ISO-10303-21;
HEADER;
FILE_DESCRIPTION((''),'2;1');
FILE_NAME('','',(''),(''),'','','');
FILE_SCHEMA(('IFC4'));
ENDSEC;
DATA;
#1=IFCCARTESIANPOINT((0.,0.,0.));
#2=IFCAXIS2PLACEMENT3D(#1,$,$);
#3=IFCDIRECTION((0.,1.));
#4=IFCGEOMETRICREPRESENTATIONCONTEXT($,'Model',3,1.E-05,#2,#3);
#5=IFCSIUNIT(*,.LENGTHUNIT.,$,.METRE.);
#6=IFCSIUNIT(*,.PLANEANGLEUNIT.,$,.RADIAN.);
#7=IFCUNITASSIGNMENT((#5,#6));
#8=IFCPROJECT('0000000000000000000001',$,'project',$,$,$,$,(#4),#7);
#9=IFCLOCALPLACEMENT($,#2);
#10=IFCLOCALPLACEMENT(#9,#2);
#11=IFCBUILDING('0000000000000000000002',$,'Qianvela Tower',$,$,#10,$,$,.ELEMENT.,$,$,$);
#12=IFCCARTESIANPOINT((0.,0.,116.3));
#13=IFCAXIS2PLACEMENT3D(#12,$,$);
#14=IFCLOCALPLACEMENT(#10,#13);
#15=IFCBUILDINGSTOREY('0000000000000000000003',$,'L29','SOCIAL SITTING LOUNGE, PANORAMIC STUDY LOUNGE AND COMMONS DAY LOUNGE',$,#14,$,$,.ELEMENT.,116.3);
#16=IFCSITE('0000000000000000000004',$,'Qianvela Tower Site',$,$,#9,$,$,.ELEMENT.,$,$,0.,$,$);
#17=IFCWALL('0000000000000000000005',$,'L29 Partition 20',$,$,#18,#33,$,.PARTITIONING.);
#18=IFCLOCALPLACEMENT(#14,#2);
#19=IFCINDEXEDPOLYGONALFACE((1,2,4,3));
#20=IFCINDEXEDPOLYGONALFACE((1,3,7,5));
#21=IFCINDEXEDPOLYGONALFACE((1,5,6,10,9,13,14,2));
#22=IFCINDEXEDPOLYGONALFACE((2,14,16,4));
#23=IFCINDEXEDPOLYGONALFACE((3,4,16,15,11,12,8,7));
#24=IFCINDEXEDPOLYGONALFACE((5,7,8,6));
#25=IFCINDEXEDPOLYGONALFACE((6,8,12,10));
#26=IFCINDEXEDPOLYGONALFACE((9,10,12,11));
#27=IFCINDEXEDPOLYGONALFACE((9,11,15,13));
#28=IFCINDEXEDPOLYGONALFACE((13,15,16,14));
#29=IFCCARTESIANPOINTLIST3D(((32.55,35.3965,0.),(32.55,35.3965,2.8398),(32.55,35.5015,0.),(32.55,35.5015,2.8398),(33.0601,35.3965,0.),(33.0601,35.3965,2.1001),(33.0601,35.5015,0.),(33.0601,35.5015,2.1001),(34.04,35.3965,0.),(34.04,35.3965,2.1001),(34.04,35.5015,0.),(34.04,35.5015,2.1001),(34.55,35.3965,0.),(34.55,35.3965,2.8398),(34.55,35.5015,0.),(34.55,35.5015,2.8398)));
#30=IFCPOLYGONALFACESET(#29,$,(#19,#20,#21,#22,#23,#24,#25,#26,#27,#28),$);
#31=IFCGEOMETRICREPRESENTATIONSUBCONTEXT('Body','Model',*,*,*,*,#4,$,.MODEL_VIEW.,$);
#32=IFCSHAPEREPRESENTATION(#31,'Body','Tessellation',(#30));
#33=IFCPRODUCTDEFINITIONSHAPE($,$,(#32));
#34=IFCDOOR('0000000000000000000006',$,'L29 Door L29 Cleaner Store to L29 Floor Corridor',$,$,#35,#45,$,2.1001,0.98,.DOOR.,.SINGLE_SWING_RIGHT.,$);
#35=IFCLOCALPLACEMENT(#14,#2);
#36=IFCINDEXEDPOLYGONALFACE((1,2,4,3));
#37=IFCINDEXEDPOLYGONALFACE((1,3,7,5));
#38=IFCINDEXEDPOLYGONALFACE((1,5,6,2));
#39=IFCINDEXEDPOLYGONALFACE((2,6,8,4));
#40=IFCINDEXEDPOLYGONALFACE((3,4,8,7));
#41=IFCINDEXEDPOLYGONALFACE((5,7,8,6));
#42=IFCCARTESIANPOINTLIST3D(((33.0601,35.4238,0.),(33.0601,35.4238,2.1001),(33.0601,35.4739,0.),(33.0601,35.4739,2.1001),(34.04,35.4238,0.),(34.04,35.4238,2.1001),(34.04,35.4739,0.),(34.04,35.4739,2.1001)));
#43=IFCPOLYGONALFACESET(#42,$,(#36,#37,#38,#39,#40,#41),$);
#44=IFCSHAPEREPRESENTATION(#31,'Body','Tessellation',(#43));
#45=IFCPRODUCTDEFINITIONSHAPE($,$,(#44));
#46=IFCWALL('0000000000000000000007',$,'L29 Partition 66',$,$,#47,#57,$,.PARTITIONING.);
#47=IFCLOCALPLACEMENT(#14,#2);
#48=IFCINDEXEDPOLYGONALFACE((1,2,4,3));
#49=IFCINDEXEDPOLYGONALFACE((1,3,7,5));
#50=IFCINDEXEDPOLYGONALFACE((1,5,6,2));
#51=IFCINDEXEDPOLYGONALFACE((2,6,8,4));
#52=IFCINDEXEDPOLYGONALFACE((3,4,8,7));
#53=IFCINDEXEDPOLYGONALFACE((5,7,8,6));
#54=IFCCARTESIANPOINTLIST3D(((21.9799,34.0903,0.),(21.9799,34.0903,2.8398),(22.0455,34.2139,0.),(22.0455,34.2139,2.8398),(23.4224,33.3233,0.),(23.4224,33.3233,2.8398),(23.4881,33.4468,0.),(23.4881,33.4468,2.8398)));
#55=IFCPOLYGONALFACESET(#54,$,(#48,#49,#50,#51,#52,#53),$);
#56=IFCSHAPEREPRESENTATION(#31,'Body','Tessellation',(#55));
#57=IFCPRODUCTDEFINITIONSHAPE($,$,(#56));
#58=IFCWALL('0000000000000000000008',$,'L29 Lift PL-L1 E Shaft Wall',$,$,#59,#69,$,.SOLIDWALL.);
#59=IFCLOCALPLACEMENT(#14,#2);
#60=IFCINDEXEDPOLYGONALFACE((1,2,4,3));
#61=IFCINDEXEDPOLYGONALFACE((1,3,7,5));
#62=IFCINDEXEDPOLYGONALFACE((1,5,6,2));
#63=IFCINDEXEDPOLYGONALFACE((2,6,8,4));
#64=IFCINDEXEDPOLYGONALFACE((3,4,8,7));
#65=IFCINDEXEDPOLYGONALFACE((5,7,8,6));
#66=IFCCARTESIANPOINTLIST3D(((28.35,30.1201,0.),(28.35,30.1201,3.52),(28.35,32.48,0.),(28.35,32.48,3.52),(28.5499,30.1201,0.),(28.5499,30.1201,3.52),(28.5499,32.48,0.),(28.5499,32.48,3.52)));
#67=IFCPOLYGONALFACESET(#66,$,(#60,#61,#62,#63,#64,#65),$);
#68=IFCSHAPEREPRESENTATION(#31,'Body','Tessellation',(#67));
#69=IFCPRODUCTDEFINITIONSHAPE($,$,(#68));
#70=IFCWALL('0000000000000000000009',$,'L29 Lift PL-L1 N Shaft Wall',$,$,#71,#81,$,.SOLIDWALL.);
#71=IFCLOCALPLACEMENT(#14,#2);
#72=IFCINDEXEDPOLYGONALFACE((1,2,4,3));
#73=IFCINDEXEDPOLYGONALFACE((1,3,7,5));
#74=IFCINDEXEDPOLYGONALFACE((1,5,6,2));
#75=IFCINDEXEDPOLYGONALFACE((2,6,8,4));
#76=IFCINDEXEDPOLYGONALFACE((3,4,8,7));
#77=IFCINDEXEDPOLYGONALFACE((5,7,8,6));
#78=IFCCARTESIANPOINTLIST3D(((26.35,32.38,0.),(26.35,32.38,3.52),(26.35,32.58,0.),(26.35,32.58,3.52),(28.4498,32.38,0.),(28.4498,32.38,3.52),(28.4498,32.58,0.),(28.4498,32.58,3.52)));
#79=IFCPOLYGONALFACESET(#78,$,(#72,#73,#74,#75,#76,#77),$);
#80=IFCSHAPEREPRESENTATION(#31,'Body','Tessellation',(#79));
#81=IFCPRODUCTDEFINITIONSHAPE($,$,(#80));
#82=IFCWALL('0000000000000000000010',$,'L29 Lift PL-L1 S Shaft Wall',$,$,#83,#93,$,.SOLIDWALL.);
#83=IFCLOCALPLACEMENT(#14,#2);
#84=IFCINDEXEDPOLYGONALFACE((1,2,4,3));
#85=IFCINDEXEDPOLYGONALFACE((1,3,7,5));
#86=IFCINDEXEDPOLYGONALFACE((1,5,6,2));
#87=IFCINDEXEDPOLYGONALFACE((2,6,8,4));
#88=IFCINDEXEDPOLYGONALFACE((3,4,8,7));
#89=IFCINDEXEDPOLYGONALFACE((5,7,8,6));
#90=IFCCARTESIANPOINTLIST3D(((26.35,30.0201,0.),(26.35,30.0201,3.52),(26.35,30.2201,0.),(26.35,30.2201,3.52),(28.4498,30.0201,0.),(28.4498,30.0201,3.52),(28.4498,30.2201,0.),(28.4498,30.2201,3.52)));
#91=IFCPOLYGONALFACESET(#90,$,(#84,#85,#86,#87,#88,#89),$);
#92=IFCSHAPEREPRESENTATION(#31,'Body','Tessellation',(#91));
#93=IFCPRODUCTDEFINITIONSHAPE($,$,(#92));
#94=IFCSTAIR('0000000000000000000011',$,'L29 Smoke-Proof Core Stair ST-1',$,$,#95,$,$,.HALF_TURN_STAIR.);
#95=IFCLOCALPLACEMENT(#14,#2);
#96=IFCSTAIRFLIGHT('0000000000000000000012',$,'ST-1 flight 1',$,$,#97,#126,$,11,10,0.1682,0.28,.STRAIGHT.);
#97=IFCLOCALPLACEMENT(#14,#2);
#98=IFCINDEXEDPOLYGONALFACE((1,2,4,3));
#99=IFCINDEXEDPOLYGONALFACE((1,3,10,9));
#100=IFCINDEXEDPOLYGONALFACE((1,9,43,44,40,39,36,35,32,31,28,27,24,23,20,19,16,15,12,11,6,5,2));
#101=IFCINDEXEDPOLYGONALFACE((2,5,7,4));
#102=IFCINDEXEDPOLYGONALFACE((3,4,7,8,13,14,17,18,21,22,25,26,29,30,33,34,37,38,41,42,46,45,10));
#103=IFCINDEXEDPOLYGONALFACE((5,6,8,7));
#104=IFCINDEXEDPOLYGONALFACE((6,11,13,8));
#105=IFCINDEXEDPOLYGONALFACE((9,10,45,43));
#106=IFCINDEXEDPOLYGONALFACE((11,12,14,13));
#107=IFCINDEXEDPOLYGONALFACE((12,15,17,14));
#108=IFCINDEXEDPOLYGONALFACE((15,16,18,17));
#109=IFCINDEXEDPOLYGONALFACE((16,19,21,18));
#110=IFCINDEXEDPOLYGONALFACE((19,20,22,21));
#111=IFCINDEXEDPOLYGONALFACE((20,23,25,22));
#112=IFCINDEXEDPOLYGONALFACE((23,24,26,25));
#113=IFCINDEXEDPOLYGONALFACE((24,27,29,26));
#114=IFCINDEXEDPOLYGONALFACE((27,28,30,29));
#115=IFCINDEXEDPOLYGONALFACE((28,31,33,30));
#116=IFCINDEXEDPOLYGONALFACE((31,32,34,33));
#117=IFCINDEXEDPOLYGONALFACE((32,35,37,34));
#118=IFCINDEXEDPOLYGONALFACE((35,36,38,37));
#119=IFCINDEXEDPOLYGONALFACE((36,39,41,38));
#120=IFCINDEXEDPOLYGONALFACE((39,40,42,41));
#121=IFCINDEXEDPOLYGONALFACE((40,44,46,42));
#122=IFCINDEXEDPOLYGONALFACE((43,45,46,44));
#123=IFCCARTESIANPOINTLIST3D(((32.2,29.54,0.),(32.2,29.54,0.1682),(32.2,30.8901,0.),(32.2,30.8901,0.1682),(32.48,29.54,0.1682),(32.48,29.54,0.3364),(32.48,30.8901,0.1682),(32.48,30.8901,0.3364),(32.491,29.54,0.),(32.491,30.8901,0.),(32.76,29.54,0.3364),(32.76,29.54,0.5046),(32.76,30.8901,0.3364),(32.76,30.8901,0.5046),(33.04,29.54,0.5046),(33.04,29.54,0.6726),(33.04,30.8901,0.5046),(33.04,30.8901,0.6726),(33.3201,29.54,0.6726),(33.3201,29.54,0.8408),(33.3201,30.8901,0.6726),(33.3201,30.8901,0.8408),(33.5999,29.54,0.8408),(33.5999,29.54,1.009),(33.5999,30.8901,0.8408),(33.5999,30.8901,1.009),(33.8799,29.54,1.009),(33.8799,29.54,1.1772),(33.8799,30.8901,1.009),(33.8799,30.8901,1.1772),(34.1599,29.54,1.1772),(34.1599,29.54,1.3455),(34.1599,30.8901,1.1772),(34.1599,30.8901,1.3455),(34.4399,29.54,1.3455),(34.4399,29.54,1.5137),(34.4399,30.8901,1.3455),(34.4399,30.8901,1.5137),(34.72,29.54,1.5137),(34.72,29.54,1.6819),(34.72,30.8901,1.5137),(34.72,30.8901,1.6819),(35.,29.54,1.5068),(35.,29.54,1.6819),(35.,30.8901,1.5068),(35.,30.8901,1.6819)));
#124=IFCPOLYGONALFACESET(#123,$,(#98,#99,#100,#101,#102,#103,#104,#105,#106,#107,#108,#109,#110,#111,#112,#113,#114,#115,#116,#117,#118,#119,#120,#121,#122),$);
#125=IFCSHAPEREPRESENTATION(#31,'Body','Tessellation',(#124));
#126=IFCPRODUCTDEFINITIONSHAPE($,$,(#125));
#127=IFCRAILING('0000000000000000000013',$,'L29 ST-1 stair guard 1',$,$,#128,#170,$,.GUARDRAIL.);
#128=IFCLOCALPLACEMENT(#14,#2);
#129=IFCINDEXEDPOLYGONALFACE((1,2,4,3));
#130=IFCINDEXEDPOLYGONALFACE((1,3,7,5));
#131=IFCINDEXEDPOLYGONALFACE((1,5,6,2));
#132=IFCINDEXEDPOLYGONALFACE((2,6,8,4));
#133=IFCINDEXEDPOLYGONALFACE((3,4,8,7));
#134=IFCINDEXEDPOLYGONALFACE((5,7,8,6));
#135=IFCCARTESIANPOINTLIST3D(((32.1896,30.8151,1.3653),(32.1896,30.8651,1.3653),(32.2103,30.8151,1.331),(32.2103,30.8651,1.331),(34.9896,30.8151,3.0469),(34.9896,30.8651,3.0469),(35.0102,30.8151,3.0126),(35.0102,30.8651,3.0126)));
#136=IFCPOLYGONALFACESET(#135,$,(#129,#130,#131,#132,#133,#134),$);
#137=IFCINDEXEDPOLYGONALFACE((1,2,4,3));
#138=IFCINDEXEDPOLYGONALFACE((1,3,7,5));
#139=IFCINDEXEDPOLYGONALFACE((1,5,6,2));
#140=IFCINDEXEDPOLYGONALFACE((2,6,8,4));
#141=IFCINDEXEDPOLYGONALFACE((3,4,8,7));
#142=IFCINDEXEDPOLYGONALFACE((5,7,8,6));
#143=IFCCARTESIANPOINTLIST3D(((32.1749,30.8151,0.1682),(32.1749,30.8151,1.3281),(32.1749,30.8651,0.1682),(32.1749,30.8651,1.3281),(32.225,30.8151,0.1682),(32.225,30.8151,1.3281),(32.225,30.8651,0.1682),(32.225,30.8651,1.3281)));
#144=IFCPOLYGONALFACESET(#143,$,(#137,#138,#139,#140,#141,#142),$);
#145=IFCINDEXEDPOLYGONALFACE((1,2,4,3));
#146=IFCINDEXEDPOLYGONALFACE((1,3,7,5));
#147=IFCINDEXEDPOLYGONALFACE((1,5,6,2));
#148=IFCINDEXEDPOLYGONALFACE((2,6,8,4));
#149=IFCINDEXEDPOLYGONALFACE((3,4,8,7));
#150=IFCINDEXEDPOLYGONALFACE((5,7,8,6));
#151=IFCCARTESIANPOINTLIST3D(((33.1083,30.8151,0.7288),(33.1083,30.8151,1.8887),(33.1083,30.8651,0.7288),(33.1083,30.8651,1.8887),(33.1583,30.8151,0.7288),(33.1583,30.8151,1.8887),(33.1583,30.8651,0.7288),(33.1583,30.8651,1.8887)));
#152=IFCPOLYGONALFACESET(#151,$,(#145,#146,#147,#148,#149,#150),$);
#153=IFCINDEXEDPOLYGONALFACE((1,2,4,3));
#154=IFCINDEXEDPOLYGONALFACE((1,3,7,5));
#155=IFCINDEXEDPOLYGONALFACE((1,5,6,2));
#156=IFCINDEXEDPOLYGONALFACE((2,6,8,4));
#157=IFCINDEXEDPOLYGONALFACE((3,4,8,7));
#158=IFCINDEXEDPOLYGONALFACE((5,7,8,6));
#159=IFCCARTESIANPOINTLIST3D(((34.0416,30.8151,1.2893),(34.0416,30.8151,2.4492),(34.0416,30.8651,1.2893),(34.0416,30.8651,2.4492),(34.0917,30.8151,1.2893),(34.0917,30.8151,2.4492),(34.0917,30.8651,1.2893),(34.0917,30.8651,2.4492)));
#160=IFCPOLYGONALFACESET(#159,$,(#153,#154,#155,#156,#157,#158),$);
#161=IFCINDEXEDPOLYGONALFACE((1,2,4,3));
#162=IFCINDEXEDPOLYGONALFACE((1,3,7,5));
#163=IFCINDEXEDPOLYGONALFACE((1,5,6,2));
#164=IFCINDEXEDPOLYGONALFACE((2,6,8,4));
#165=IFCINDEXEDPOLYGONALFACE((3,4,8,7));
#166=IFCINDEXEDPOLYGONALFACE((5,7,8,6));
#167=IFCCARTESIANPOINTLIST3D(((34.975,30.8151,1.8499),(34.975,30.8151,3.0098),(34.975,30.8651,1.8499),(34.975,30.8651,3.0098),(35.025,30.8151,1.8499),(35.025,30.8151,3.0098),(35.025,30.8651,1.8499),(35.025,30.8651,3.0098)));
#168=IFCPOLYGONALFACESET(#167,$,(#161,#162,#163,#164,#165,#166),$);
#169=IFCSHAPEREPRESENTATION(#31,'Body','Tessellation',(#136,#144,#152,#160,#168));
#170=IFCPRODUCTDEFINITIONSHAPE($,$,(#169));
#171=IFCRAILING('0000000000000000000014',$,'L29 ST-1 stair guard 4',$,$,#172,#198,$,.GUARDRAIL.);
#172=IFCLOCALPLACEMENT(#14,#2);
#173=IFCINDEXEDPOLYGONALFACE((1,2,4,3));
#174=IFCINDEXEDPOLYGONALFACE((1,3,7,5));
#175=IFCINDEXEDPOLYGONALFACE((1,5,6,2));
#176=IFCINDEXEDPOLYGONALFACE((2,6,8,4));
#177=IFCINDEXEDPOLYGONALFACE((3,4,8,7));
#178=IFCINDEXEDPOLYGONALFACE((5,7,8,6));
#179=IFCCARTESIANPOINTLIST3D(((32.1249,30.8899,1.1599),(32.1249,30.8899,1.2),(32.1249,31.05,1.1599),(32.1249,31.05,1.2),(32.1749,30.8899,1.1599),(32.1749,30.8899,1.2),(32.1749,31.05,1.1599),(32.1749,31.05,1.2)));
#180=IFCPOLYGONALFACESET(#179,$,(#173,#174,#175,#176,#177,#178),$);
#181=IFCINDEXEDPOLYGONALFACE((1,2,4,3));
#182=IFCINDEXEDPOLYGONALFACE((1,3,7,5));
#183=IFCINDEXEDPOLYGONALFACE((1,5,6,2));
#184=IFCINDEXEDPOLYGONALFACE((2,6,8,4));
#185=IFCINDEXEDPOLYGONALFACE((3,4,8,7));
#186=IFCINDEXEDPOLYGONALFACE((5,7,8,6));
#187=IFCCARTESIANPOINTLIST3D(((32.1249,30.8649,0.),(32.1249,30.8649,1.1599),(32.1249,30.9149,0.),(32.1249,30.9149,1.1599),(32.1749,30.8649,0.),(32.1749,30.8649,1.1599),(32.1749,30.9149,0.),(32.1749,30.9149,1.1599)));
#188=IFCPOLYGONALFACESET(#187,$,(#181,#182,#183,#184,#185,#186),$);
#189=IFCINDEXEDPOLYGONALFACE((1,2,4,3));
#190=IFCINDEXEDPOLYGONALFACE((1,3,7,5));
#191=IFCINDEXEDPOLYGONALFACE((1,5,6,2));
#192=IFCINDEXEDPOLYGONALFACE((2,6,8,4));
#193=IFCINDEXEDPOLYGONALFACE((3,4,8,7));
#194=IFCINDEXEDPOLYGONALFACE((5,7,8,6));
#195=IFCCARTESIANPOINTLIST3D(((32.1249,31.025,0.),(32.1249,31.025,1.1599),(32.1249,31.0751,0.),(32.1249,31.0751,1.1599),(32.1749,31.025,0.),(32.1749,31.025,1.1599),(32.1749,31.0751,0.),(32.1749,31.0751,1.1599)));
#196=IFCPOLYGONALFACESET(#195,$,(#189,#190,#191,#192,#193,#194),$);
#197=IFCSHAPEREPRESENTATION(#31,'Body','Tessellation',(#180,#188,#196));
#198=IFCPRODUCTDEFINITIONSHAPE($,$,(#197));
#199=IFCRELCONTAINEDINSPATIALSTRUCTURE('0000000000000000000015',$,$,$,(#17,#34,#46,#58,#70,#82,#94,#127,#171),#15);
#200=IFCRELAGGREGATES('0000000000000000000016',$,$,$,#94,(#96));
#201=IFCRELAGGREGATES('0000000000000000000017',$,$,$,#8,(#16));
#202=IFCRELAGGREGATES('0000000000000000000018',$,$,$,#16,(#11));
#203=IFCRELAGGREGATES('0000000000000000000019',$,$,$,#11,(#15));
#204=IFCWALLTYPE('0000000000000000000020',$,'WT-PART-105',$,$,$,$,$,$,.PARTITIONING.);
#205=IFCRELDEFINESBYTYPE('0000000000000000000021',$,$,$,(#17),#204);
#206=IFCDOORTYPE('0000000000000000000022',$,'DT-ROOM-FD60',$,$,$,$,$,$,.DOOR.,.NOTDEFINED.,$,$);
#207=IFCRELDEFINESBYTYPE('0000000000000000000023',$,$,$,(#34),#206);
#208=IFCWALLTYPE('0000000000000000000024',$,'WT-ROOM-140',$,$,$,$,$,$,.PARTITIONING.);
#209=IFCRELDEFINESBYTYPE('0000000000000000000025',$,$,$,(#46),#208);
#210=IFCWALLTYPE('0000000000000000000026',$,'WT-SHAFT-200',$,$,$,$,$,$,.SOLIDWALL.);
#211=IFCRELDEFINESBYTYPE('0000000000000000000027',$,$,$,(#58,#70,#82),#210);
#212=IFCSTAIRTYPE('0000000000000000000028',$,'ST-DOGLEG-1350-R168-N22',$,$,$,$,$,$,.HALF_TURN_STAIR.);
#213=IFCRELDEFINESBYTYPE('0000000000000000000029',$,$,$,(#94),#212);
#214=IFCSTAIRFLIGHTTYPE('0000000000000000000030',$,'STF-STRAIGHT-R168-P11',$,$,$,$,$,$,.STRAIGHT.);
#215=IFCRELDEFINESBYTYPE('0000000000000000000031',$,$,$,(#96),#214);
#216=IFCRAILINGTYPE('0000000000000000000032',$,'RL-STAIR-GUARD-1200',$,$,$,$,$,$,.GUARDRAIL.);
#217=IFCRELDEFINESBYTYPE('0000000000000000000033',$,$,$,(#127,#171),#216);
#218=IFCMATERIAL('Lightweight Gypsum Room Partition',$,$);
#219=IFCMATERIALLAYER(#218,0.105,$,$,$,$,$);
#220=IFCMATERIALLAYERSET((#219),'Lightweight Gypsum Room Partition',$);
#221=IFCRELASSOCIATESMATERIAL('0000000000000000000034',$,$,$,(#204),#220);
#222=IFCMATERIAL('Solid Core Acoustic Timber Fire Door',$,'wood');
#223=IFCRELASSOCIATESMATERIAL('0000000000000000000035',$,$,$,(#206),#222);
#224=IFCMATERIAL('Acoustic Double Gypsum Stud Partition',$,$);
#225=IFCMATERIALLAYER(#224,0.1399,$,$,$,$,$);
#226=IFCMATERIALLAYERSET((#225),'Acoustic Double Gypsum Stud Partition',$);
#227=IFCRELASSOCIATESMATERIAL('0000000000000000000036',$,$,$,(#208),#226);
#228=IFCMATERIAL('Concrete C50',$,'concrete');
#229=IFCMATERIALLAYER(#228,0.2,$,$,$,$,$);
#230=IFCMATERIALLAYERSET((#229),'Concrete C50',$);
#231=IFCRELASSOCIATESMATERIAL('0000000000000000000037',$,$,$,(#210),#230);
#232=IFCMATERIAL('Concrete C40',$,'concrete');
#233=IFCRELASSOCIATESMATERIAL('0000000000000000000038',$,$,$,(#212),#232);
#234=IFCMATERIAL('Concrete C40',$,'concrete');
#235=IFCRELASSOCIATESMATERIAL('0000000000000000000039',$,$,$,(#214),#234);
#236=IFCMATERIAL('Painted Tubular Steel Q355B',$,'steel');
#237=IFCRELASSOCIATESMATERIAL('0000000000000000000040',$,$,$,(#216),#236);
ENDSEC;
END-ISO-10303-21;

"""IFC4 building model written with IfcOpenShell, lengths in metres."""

from ifc_helpers import new_model, si_unit, direction, frame, frame_2d, origin, origin_2d, place, context, subcontext, project, spatial, polyline, rectangle, outline, extrude, material, layer, layer_set, type_object, element, fill, aggregate, save


model = new_model("IFC4")

# Units and contexts
model_context = context("Model", 3, precision=1e-05, world=origin(), true_north=direction((0.0, 1.0)))
body_context = subcontext(model_context, "Body", "Model", "MODEL_VIEW")
ifc_project = project(units=[si_unit("LENGTHUNIT", "METRE"), si_unit("PLANEANGLEUNIT", "RADIAN")], contexts=[model_context])

# Site, building, storey
site_placement = place(None, origin())
site = spatial("IfcSite", under=ifc_project, at=site_placement, Name="Qianvela Tower Site", CompositionType="ELEMENT", RefElevation=0.0)
building_placement = place(site_placement, origin())
building = spatial("IfcBuilding", under=site, at=building_placement, Name="Qianvela Tower", CompositionType="ELEMENT")
storey_placement = place(building_placement, frame((0.0, 0.0, 116.3)))
storey = spatial("IfcBuildingStorey", under=building, at=storey_placement, Name="L29", Description="SOCIAL SITTING LOUNGE, PANORAMIC STUDY LOUNGE AND COMMONS DAY LOUNGE", CompositionType="ELEMENT", Elevation=116.3)

# Wall, opening, door
ifc_material_1 = material(Name="Lightweight Gypsum Room Partition")
ifc_layer_1 = layer(ifc_material_1, 0.105)
ifc_layer_set_1 = layer_set([ifc_layer_1], Name="Lightweight Gypsum Room Partition")
wall_type_1 = type_object("IfcWallType", Name="WT-PART-105", PredefinedType="PARTITIONING", material=ifc_layer_set_1)
wall_1_placement = place(storey_placement, frame((32.55, 35.449, 0.0), z_axis=(0.0, 0.0, 1.0), x_axis=(1.0, 0.0, 0.0)))
wall_1 = element("IfcWall", 1, at=wall_1_placement, inside=storey, type_object=wall_type_1, Name="L29 Partition 20", PredefinedType="PARTITIONING", context=body_context, shape_type="SweptSolid", body=[
    extrude(rectangle(XDim=2.0, YDim=0.105, at=frame_2d((1.0, 0.0))), origin(), (0.0, 0.0, 1.0), 2.8398),
])
opening_1_placement = place(wall_1_placement, frame((0.51, 0.0, 0.0)))
opening_1 = element("IfcOpeningElement", 2, at=opening_1_placement, cuts=wall_1, PredefinedType="OPENING", context=body_context, shape_type="SweptSolid", body=[
    extrude(rectangle(XDim=0.98, YDim=2.1001, at=frame_2d((0.49, 1.05))), frame((0.0, 0.0625, 0.0), z_axis=(0.0, -1.0, 0.0), x_axis=(1.0, 0.0, 0.0)), (0.0, 0.0, 1.0), 0.125),
])
ifc_material_2 = material(Name="Solid Core Acoustic Timber Fire Door", Category="wood")
door_type_1 = type_object("IfcDoorType", Name="DT-ROOM-FD60", OperationType="NOTDEFINED", PredefinedType="DOOR", material=ifc_material_2)
door_1_placement = place(opening_1_placement, origin())
door_1 = element("IfcDoor", 3, at=door_1_placement, inside=storey, type_object=door_type_1, Name="L29 Door L29 Cleaner Store to L29 Floor Corridor", OperationType="SINGLE_SWING_RIGHT", OverallHeight=2.1001, OverallWidth=0.98, PredefinedType="DOOR", context=body_context, shape_type="SweptSolid", body=[
    extrude(rectangle(XDim=0.98, YDim=2.1001, at=frame_2d((0.49, 1.05))), frame((0.0, 0.0249, 0.0), z_axis=(0.0, -1.0, 0.0), x_axis=(1.0, 0.0, 0.0)), (0.0, 0.0, 1.0), 0.05),
])
fill(opening_1, door_1)

# Walls
ifc_material_3 = material(Name="Acoustic Double Gypsum Stud Partition")
ifc_layer_2 = layer(ifc_material_3, 0.1399)
ifc_layer_set_2 = layer_set([ifc_layer_2], Name="Acoustic Double Gypsum Stud Partition")
wall_type_2 = type_object("IfcWallType", Name="WT-ROOM-140", PredefinedType="PARTITIONING", material=ifc_layer_set_2)
wall_2_placement = place(storey_placement, frame((22.0127, 34.1521, 0.0), z_axis=(0.0, 0.0, 1.0), x_axis=(0.88294, -0.469487, 0.0)))
element("IfcWall", 4, at=wall_2_placement, inside=storey, type_object=wall_type_2, Name="L29 Partition 66", PredefinedType="PARTITIONING", context=body_context, shape_type="SweptSolid", body=[
    extrude(rectangle(XDim=1.6338, YDim=0.1399, at=frame_2d((0.8169, 0.0))), origin(), (0.0, 0.0, 1.0), 2.8398),
])
ifc_material_4 = material(Name="Concrete C50", Category="concrete")
ifc_layer_3 = layer(ifc_material_4, 0.2)
ifc_layer_set_3 = layer_set([ifc_layer_3], Name="Concrete C50")
wall_type_3 = type_object("IfcWallType", Name="WT-SHAFT-200", PredefinedType="SOLIDWALL", material=ifc_layer_set_3)
wall_3_placement = place(storey_placement, frame((28.45, 30.1201, 0.0), z_axis=(0.0, 0.0, 1.0), x_axis=(0.0, 1.0, 0.0)))
element("IfcWall", 5, at=wall_3_placement, inside=storey, type_object=wall_type_3, Name="L29 Lift PL-L1 E Shaft Wall", PredefinedType="SOLIDWALL", context=body_context, shape_type="SweptSolid", body=[
    extrude(rectangle(XDim=2.3599, YDim=0.2, at=frame_2d((1.1799, 0.0))), origin(), (0.0, 0.0, 1.0), 3.52),
])
for number, where, z_axis, x_axis, name in (
    (6, (26.3501, 32.48, 0.0), (0.0, 0.0, 1.0), (1.0, 0.0, 0.0), "L29 Lift PL-L1 N Shaft Wall"),
    (7, (26.3501, 30.1201, 0.0), (0.0, 0.0, 1.0), (1.0, 0.0, 0.0), "L29 Lift PL-L1 S Shaft Wall"),
):
    element("IfcWall", number, at=place(storey_placement, frame(where, z_axis=z_axis, x_axis=x_axis)), inside=storey, type_object=wall_type_3, Name=name, PredefinedType="SOLIDWALL", context=body_context, shape_type="SweptSolid", body=[
        extrude(rectangle(XDim=2.0999, YDim=0.2, at=frame_2d((1.0498, 0.0))), origin(), (0.0, 0.0, 1.0), 3.52),
    ])

# Stair, stair flight
ifc_material_5 = material(Name="Concrete C40", Category="concrete")
stair_type = type_object("IfcStairType", Name="ST-DOGLEG-1350-R168-N22", PredefinedType="HALF_TURN_STAIR", material=ifc_material_5)
stair_placement = place(storey_placement, origin())
stair = element("IfcStair", 8, at=stair_placement, inside=storey, type_object=stair_type, Name="L29 Smoke-Proof Core Stair ST-1", PredefinedType="HALF_TURN_STAIR")
ifc_material_6 = material(Name="Concrete C40", Category="concrete")
stair_flight_type = type_object("IfcStairFlightType", Name="STF-STRAIGHT-R168-P11", PredefinedType="STRAIGHT", material=ifc_material_6)
stair_flight_placement = place(storey_placement, frame((32.2, 30.2151, 0.0), z_axis=(0.0, 0.0, 1.0), x_axis=(1.0, 0.0, 0.0)))
stair_flight = element("IfcStairFlight", 9, at=stair_flight_placement, type_object=stair_flight_type, Name="ST-1 flight 1", NumberOfRisers=11, NumberOfTreads=10, PredefinedType="STRAIGHT", RiserHeight=0.1682, TreadLength=0.28, context=body_context, shape_type="SweptSolid", body=[
    extrude(outline(polyline([(0.0, 0.0), (0.0, 0.1682), (0.28, 0.1682), (0.28, 0.3364), (0.5601, 0.3364), (0.5601, 0.5046), (0.8401, 0.5046), (0.8401, 0.6726), (1.1201, 0.6726), (1.1201, 0.8408), (1.3999, 0.8408), (1.3999, 1.009), (1.6799, 1.009), (1.6799, 1.1772), (1.96, 1.1772), (1.96, 1.3455), (2.24, 1.3455), (2.24, 1.5137), (2.52, 1.5137), (2.52, 1.6819), (2.8, 1.6819), (2.8, 1.8501), (2.8, 1.5068), (0.291, 0.0), (0.0, 0.0)])), frame((0.0, 0.675, 0.0), z_axis=(0.0, -1.0, 0.0), x_axis=(1.0, 0.0, 0.0)), (0.0, 0.0, 1.0), 1.3501),
])
aggregate(stair, [stair_flight])

# Railings
ifc_material_7 = material(Name="Painted Tubular Steel Q355B", Category="steel")
railing_type = type_object("IfcRailingType", Name="RL-STAIR-GUARD-1200", PredefinedType="GUARDRAIL", material=ifc_material_7)
railing_1_placement = place(storey_placement, frame((32.2, 30.8401, 0.1682)))
element("IfcRailing", 10, at=railing_1_placement, inside=storey, type_object=railing_type, Name="L29 ST-1 stair guard 1", PredefinedType="GUARDRAIL", context=body_context, shape_type="SweptSolid", body=[
    extrude(rectangle(XDim=0.05, YDim=0.04, at=origin_2d()), frame((0.0, 0.0, 1.1799), z_axis=(0.857275, 0.0, 0.514858), x_axis=(0.0, 1.0, 0.0)), (0.0, 0.0, 1.0), 3.2661),
    extrude(rectangle(XDim=0.05, YDim=0.05, at=origin_2d()), origin(), (0.0, 0.0, 1.0), 1.1599),
    extrude(rectangle(XDim=0.05, YDim=0.05, at=origin_2d()), frame((0.9333, 0.0, 0.5605)), (0.0, 0.0, 1.0), 1.1599),
    extrude(rectangle(XDim=0.05, YDim=0.05, at=origin_2d()), frame((1.8667, 0.0, 1.1211)), (0.0, 0.0, 1.0), 1.1599),
    extrude(rectangle(XDim=0.05, YDim=0.05, at=origin_2d()), frame((2.8, 0.0, 1.6816)), (0.0, 0.0, 1.0), 1.1599),
])
railing_2_placement = place(storey_placement, frame((32.1499, 30.8899, 0.0)))
element("IfcRailing", 11, at=railing_2_placement, inside=storey, type_object=railing_type, Name="L29 ST-1 stair guard 4", PredefinedType="GUARDRAIL", context=body_context, shape_type="SweptSolid", body=[
    extrude(rectangle(XDim=0.05, YDim=0.04, at=origin_2d()), frame((0.0, 0.0, 1.1799), z_axis=(0.0, 1.0, 0.0), x_axis=(-1.0, 0.0, 0.0)), (0.0, 0.0, 1.0), 0.1602),
    extrude(rectangle(XDim=0.05, YDim=0.05, at=origin_2d()), origin(), (0.0, 0.0, 1.0), 1.1599),
    extrude(rectangle(XDim=0.05, YDim=0.05, at=origin_2d()), frame((0.0, 0.1602, 0.0)), (0.0, 0.0, 1.0), 1.1599),
])

save(model, "model.ifc")
